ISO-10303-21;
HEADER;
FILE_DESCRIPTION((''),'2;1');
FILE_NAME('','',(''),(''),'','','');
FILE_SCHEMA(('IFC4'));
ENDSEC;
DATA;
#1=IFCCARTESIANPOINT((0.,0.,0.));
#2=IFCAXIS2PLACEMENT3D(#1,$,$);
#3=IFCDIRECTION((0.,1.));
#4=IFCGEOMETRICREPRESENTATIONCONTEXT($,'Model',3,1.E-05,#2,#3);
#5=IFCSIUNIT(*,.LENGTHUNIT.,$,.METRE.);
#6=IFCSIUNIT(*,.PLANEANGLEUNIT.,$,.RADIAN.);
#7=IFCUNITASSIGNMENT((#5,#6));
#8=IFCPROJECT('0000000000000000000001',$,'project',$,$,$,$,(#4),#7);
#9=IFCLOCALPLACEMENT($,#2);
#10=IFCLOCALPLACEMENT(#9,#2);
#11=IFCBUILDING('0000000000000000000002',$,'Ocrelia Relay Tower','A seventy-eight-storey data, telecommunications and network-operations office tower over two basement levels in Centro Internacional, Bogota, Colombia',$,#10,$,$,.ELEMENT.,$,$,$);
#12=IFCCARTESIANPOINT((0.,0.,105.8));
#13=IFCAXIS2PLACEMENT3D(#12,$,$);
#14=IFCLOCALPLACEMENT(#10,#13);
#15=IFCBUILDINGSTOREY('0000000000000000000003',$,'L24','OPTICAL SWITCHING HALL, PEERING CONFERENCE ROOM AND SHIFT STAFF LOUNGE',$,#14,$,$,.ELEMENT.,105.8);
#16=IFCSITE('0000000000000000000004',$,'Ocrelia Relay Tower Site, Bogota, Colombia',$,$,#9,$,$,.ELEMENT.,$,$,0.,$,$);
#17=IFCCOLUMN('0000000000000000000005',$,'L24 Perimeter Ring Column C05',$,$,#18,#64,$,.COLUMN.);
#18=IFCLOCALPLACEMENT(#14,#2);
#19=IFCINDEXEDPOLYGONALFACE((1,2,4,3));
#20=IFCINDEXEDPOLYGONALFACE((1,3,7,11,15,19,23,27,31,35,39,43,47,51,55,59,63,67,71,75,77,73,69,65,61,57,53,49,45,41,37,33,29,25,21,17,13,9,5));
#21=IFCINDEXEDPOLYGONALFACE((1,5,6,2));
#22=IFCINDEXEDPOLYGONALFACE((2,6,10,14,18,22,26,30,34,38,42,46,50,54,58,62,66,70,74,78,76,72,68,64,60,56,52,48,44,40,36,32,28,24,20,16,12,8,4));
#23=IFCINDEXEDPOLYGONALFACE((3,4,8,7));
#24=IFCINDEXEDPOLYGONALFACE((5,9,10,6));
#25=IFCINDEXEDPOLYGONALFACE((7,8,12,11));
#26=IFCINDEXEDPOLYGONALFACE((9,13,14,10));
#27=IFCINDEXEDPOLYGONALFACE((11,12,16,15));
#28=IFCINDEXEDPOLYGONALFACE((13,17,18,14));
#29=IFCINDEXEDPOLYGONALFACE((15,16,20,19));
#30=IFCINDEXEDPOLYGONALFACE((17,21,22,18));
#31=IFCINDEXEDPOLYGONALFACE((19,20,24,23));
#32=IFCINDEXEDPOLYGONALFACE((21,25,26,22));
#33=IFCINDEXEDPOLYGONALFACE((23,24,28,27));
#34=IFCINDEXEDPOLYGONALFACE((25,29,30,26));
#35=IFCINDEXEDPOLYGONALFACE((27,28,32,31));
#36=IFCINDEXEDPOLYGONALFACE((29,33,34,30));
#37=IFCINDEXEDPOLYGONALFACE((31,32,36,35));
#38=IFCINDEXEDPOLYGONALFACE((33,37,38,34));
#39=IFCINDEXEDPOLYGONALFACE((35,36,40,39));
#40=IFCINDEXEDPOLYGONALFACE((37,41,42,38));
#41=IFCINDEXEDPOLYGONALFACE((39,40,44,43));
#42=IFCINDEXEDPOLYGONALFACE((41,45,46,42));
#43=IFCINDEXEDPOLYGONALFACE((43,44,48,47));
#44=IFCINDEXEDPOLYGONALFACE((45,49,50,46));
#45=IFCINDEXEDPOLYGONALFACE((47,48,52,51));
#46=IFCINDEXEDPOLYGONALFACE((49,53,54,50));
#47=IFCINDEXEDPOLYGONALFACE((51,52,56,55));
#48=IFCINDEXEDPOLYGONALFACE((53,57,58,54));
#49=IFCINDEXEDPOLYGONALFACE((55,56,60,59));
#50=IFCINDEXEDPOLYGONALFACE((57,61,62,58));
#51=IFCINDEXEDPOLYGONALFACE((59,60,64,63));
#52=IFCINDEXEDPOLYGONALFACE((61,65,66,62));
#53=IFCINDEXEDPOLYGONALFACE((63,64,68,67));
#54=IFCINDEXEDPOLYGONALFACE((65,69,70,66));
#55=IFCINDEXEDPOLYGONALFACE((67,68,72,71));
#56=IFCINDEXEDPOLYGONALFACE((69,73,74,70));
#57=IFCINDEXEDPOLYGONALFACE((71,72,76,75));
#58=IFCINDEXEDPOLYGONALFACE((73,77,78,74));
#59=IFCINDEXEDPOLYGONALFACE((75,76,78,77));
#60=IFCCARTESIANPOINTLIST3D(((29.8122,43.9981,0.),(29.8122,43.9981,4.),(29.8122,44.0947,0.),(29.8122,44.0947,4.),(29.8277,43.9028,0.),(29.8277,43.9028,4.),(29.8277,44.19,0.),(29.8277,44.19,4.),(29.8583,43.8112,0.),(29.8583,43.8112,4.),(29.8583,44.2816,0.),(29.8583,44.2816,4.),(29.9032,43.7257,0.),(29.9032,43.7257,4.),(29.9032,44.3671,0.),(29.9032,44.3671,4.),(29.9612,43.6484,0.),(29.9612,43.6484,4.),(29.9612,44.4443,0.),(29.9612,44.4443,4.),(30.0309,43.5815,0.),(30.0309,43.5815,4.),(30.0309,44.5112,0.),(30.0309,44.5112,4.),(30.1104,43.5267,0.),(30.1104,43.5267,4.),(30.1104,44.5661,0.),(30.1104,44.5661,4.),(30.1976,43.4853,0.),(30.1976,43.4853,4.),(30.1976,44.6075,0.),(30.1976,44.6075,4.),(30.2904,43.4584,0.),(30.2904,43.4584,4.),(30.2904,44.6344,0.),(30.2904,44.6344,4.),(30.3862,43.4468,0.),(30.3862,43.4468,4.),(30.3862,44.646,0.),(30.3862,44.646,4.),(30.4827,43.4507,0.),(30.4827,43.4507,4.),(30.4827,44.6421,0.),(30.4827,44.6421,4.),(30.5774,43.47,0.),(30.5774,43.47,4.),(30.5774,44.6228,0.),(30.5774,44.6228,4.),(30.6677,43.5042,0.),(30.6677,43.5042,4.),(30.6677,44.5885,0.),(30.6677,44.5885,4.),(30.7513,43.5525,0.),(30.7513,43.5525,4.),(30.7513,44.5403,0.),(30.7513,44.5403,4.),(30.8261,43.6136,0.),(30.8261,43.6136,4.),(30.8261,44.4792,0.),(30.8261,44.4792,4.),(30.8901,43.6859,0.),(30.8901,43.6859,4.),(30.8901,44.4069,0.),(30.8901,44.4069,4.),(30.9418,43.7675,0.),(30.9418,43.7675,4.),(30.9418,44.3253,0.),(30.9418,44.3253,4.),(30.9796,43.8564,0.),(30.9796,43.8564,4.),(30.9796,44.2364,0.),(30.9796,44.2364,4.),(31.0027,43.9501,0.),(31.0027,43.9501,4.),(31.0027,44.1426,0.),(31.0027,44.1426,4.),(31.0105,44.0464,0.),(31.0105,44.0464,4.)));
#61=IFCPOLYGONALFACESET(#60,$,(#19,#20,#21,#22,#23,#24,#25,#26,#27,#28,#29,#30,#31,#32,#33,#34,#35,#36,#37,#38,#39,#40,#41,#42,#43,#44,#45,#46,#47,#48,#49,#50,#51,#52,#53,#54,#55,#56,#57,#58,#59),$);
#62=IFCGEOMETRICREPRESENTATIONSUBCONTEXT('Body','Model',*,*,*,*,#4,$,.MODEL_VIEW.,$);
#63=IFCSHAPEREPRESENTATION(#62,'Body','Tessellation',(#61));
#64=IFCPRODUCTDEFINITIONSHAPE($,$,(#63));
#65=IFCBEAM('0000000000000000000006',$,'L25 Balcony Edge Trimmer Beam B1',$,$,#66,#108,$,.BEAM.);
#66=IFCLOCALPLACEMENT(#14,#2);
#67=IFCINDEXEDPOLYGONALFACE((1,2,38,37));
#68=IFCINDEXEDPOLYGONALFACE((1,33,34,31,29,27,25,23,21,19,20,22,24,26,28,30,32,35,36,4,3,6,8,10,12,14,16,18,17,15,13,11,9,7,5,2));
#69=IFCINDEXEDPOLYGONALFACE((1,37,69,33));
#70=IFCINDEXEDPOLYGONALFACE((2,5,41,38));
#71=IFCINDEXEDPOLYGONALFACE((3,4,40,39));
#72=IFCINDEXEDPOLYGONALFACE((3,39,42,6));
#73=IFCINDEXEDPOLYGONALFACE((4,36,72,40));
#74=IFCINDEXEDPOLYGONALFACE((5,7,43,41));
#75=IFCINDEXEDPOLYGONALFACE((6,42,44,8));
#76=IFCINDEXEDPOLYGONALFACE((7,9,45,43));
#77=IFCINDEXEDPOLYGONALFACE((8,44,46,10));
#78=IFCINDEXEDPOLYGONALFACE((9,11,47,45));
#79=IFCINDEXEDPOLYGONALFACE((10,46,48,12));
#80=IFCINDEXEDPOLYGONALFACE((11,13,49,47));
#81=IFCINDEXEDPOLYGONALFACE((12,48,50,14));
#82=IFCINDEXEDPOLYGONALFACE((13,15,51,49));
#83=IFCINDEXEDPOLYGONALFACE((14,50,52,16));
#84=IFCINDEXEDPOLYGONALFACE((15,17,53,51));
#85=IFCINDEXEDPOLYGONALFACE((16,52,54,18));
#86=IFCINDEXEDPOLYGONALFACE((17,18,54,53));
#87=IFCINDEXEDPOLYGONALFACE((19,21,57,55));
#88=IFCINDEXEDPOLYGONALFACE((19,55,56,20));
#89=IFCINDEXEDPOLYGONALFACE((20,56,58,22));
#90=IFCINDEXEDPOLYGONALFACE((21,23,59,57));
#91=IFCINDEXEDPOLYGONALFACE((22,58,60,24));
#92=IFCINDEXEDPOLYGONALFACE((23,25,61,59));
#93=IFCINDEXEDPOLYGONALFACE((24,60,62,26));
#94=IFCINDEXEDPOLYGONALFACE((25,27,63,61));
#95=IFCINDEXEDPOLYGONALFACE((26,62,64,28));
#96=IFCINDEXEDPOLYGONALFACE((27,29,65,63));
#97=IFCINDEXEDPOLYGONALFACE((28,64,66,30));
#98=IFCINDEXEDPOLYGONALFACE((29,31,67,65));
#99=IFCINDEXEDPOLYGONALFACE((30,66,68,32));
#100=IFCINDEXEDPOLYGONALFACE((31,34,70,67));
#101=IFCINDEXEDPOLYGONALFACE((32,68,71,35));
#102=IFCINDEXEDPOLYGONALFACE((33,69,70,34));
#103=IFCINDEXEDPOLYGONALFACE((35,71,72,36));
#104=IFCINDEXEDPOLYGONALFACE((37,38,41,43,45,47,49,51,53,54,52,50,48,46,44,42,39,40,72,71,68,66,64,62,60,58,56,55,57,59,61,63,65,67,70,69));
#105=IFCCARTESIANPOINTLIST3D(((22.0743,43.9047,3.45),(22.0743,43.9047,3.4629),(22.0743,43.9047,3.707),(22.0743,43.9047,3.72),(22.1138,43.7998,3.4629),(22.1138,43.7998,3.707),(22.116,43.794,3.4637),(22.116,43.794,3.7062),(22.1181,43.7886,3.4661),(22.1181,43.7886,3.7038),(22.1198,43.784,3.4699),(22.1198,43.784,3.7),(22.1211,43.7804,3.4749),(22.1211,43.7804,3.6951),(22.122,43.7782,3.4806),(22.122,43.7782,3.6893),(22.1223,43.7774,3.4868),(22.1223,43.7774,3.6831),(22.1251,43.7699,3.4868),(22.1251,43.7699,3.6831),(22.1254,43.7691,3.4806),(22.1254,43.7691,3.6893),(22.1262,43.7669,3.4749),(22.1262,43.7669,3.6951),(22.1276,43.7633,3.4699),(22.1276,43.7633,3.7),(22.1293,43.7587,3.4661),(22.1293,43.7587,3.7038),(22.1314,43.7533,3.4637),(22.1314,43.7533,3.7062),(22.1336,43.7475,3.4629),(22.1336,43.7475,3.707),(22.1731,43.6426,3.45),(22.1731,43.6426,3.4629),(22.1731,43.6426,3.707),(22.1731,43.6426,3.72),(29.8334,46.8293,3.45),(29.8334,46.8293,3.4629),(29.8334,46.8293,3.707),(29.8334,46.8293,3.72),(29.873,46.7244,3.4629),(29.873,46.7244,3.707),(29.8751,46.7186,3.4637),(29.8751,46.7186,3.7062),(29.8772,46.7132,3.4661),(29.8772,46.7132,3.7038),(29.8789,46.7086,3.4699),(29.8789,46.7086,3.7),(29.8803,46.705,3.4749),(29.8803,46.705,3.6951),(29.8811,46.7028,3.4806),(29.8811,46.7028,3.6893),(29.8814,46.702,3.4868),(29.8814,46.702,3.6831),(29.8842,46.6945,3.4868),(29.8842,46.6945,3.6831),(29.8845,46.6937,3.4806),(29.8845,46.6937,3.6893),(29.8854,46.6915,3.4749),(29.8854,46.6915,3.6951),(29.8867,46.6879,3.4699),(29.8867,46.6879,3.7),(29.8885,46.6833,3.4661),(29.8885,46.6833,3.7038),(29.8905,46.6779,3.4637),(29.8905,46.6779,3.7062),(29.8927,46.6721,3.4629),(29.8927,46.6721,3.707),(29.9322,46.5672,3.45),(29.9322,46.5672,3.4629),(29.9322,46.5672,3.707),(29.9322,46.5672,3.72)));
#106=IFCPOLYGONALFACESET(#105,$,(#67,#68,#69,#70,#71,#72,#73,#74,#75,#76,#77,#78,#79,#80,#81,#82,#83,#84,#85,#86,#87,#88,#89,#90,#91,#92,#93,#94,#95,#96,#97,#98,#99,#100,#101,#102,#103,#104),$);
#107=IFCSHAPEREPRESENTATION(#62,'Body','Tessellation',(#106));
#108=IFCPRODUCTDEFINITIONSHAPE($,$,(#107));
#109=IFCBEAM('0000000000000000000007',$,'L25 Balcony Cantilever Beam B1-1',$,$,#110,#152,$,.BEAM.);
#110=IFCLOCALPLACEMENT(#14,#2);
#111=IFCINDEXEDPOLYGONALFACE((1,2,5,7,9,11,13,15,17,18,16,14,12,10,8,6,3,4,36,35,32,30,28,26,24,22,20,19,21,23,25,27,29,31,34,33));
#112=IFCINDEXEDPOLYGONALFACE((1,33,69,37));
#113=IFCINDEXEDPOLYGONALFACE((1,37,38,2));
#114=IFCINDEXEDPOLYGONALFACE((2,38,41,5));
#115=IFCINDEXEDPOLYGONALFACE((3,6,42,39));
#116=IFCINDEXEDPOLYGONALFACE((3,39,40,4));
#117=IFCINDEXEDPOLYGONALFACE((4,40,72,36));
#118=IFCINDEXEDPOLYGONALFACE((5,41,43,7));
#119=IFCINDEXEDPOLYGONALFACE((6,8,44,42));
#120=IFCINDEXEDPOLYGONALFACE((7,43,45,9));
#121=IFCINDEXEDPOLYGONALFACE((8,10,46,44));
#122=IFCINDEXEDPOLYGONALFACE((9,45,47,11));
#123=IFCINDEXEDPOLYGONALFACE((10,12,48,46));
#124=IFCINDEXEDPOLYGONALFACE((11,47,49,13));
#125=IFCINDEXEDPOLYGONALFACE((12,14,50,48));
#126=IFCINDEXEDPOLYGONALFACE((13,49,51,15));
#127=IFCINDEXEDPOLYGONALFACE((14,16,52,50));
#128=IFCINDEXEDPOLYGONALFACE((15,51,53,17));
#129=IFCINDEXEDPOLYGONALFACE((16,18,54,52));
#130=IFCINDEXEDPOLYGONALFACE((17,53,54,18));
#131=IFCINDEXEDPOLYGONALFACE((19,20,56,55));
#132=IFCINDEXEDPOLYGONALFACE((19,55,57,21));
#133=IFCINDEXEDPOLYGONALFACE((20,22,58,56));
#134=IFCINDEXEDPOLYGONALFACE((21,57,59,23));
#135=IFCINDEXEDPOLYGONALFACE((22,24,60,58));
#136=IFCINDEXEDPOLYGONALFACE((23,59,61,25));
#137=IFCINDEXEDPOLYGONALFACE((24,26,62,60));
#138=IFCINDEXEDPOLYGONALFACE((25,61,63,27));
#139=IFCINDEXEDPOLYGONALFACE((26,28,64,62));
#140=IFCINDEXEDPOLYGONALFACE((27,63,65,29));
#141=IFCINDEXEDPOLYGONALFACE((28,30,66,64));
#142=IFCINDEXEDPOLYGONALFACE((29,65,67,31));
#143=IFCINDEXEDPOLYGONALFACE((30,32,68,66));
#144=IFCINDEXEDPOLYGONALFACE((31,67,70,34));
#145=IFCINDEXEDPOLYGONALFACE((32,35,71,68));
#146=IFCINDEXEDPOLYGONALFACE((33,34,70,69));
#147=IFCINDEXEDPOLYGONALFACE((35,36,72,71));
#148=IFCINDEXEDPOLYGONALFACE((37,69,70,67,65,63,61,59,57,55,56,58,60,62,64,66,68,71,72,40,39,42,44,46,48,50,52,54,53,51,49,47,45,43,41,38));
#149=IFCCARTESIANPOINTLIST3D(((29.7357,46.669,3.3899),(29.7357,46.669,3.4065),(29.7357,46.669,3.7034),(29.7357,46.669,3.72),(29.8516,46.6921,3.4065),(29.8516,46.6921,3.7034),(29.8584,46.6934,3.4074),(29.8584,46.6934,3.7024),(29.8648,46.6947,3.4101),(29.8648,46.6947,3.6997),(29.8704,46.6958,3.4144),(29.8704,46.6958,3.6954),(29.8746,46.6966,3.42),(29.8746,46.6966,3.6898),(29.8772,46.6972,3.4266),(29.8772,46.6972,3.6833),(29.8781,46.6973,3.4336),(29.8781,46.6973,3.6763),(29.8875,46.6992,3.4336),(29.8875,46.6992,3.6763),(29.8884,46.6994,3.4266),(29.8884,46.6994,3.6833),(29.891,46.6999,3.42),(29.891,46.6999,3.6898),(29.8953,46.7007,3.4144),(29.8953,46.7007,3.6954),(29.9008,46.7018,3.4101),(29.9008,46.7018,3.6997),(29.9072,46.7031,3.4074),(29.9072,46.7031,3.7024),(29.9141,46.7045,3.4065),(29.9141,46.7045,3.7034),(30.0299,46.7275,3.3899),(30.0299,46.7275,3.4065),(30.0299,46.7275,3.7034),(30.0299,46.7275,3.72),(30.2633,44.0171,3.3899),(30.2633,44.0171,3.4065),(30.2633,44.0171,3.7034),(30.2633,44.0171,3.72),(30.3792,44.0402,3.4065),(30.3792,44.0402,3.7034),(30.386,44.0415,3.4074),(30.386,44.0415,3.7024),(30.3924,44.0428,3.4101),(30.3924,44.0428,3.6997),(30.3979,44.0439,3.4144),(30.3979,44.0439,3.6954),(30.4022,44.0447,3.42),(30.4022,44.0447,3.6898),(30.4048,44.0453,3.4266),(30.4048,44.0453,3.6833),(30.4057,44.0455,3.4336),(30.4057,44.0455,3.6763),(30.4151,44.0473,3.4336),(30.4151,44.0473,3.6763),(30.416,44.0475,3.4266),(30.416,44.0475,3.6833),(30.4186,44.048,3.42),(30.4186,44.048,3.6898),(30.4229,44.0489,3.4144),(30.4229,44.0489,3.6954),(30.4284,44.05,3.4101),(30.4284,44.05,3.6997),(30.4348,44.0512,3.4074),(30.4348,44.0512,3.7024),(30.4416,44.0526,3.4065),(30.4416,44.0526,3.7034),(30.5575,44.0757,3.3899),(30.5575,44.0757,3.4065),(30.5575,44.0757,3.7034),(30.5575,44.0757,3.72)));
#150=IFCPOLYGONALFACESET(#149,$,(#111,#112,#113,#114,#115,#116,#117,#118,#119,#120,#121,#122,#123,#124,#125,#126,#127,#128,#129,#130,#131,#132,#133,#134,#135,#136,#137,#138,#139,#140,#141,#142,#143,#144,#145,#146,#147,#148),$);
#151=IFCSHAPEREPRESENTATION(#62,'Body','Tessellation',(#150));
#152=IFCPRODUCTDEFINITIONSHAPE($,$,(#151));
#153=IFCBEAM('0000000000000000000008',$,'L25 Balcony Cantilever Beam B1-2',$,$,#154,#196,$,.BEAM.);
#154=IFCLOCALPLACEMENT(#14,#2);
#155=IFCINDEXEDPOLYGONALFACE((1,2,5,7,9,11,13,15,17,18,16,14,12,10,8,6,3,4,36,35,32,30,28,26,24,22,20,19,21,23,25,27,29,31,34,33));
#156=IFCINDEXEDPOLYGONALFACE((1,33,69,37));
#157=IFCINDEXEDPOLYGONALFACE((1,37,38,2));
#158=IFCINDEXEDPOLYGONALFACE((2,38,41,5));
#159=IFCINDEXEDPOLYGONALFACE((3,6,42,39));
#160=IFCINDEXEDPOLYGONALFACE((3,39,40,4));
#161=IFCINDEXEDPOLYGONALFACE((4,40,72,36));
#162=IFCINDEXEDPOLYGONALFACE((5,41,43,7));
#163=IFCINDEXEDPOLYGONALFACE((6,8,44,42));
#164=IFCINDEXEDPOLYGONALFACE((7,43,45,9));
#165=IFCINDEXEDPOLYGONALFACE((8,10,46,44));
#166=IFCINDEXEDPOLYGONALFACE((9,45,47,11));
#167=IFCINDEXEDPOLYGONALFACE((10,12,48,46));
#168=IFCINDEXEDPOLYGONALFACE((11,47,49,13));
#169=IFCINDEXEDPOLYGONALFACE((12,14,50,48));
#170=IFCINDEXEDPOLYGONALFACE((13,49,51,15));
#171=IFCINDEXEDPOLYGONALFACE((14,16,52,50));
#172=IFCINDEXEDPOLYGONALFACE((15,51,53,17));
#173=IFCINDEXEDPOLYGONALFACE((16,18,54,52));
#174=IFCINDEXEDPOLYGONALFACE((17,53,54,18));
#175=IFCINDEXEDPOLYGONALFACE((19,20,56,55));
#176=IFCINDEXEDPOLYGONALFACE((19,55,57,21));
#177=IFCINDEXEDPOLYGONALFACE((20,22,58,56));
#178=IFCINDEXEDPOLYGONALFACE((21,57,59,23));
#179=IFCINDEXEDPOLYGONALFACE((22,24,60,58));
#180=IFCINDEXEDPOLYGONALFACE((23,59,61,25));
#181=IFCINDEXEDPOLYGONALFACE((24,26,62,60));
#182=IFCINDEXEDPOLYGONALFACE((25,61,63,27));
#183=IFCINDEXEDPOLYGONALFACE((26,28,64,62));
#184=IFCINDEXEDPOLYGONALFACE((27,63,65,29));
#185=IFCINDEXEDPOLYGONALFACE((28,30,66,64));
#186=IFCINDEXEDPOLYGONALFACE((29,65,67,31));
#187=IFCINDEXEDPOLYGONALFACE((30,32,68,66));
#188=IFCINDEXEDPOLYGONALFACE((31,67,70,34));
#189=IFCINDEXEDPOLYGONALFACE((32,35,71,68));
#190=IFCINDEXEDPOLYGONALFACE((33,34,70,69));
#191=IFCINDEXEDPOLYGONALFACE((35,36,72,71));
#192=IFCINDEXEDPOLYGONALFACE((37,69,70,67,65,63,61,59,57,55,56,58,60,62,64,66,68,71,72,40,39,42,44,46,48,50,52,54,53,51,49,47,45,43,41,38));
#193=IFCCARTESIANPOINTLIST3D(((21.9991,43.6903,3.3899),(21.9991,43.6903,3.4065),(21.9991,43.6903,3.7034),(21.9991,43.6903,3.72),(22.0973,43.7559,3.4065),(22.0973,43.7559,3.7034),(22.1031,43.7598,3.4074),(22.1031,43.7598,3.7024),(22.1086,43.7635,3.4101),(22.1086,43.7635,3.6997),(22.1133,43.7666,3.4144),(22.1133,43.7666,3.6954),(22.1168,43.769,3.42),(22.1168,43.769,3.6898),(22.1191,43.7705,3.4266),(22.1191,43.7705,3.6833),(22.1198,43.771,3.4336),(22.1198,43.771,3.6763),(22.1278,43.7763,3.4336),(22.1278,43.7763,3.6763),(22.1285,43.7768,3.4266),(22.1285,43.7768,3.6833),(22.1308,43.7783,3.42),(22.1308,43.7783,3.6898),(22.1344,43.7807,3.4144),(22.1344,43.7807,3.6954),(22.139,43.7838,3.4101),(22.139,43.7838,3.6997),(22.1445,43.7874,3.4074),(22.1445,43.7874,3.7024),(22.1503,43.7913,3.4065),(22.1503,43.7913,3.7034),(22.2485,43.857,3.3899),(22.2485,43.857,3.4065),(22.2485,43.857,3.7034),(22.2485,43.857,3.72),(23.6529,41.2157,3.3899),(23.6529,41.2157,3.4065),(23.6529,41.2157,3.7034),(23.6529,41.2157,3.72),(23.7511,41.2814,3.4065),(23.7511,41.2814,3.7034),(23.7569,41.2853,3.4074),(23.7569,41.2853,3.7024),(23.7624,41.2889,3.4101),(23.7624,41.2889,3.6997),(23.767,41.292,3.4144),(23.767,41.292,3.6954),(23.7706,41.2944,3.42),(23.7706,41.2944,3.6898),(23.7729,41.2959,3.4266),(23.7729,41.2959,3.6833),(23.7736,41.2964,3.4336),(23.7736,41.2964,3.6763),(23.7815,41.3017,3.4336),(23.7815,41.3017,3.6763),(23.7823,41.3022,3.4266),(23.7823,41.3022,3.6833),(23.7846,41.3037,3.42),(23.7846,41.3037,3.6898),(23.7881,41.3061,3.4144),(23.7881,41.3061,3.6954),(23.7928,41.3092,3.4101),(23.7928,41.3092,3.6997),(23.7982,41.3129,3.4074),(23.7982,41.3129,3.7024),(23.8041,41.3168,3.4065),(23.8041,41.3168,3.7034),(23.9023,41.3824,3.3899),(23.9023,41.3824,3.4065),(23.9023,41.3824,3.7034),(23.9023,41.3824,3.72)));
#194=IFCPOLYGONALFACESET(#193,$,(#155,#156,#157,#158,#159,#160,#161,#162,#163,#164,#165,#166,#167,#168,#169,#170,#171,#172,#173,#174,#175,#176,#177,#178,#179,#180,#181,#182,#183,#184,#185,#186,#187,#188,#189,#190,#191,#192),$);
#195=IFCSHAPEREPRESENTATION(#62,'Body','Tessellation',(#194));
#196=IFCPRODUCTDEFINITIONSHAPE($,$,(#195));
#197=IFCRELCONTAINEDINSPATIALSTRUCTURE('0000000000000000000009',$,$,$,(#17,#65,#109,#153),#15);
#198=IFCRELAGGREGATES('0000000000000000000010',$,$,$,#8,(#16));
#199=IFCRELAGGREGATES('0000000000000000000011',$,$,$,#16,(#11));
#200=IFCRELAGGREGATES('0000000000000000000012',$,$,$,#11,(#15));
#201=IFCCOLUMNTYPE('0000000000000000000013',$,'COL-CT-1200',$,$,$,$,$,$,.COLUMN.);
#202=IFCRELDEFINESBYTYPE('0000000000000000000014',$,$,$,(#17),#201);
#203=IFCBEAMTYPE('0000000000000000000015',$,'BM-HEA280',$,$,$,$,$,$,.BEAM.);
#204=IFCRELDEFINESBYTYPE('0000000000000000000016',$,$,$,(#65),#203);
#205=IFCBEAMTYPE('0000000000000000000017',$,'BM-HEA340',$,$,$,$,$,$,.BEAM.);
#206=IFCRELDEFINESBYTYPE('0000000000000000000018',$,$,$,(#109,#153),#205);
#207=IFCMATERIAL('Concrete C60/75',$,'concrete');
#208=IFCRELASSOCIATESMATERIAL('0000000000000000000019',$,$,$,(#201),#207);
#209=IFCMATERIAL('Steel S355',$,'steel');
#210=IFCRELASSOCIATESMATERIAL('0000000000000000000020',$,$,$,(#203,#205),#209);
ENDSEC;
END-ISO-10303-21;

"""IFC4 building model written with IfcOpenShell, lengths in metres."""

from ifc_helpers import new_model, si_unit, direction, frame, origin, origin_2d, place, context, subcontext, project, spatial, circle, i_section, extrude, material, material_profile, profile_set, type_object, element, save


model = new_model("IFC4")

# Units and contexts
model_context = context("Model", 3, precision=1e-05, world=origin(), true_north=direction((0.0, 1.0)))
body_context = subcontext(model_context, "Body", "Model", "MODEL_VIEW")
ifc_project = project(units=[si_unit("LENGTHUNIT", "METRE"), si_unit("PLANEANGLEUNIT", "RADIAN")], contexts=[model_context])

# Site, building, storey
site_placement = place(None, origin())
site = spatial("IfcSite", under=ifc_project, at=site_placement, Name="Ocrelia Relay Tower Site, Bogota, Colombia", CompositionType="ELEMENT", RefElevation=0.0)
building_placement = place(site_placement, origin())
building = spatial("IfcBuilding", under=site, at=building_placement, Name="Ocrelia Relay Tower", Description="A seventy-eight-storey data, telecommunications and network-operations office tower over two basement levels in Centro Internacional, Bogota, Colombia", CompositionType="ELEMENT")
storey_placement = place(building_placement, frame((0.0, 0.0, 105.8)))
storey = spatial("IfcBuildingStorey", under=building, at=storey_placement, Name="L24", Description="OPTICAL SWITCHING HALL, PEERING CONFERENCE ROOM AND SHIFT STAFF LOUNGE", CompositionType="ELEMENT", Elevation=105.8)

# Column
ifc_material_1 = material(Name="Concrete C60/75", Category="concrete")
ifc_material_profile_1 = material_profile(ifc_material_1, circle(Radius=0.6001, at=origin_2d()), Name="RC-CIR-1200")
ifc_profile_set_1 = profile_set([ifc_material_profile_1], Name="Concrete C60/75")
column_type = type_object("IfcColumnType", Name="COL-CT-1200", PredefinedType="COLUMN", material=ifc_profile_set_1)
column_placement = place(storey_placement, frame((30.4104, 44.0464, 0.0), z_axis=(0.0, 0.0, 1.0), x_axis=(1.0, 0.0, 0.0)))
element("IfcColumn", 1, at=column_placement, inside=storey, type_object=column_type, Name="L24 Perimeter Ring Column C05", PredefinedType="COLUMN", context=body_context, shape_type="SweptSolid", body=[
    extrude(circle(Radius=0.6001, at=origin_2d()), origin(), (0.0, 0.0, 1.0), 4.0),
])

# Beams
ifc_material_2 = material(Name="Steel S355", Category="steel")
ifc_material_profile_2 = material_profile(ifc_material_2, i_section(OverallWidth=0.28, OverallDepth=0.27, WebThickness=0.0081, FlangeThickness=0.0129, FilletRadius=0.0239, at=origin_2d()), Name="HEA 280")
ifc_profile_set_2 = profile_set([ifc_material_profile_2], Name="Steel S355")
beam_type_1 = type_object("IfcBeamType", Name="BM-HEA280", PredefinedType="BEAM", material=ifc_profile_set_2)
beam_1_placement = place(storey_placement, frame((29.8828, 46.6982, 3.585), z_axis=(-0.935736, -0.352701, 0.0), x_axis=(0.352701, -0.935736, 0.0)))
element("IfcBeam", 2, at=beam_1_placement, inside=storey, type_object=beam_type_1, Name="L25 Balcony Edge Trimmer Beam B1", PredefinedType="BEAM", context=body_context, shape_type="SweptSolid", body=[
    extrude(i_section(OverallWidth=0.28, OverallDepth=0.27, WebThickness=0.0081, FlangeThickness=0.0129, FilletRadius=0.0239, at=origin_2d()), origin(), (0.0, 0.0, 1.0), 8.292),
])
ifc_material_profile_3 = material_profile(ifc_material_2, i_section(OverallWidth=0.3, OverallDepth=0.3301, WebThickness=0.0095, FlangeThickness=0.0166, FilletRadius=0.0271, at=origin_2d()), Name="HEA 340")
ifc_profile_set_3 = profile_set([ifc_material_profile_3], Name="Steel S355")
beam_type_2 = type_object("IfcBeamType", Name="BM-HEA340", PredefinedType="BEAM", material=ifc_profile_set_3)
beam_2_placement = place(storey_placement, frame((30.4104, 44.0464, 3.5549), z_axis=(-0.195126, 0.980778, 0.0), x_axis=(-0.980778, -0.195126, 0.0)))
element("IfcBeam", 3, at=beam_2_placement, inside=storey, type_object=beam_type_2, Name="L25 Balcony Cantilever Beam B1-1", PredefinedType="BEAM", context=body_context, shape_type="SweptSolid", body=[
    extrude(i_section(OverallWidth=0.3, OverallDepth=0.3301, WebThickness=0.0095, FlangeThickness=0.0166, FilletRadius=0.0271, at=origin_2d()), origin(), (0.0, 0.0, 1.0), 2.7039),
])
beam_3_placement = place(storey_placement, frame((23.7776, 41.2991, 3.5549), z_axis=(-0.555646, 0.831419, 0.0), x_axis=(-0.831419, -0.555646, 0.0)))
element("IfcBeam", 4, at=beam_3_placement, inside=storey, type_object=beam_type_2, Name="L25 Balcony Cantilever Beam B1-2", PredefinedType="BEAM", context=body_context, shape_type="SweptSolid", body=[
    extrude(i_section(OverallWidth=0.3, OverallDepth=0.3301, WebThickness=0.0095, FlangeThickness=0.0166, FilletRadius=0.0271, at=origin_2d()), origin(), (0.0, 0.0, 1.0), 2.9763),
])

save(model, "model.ifc")
